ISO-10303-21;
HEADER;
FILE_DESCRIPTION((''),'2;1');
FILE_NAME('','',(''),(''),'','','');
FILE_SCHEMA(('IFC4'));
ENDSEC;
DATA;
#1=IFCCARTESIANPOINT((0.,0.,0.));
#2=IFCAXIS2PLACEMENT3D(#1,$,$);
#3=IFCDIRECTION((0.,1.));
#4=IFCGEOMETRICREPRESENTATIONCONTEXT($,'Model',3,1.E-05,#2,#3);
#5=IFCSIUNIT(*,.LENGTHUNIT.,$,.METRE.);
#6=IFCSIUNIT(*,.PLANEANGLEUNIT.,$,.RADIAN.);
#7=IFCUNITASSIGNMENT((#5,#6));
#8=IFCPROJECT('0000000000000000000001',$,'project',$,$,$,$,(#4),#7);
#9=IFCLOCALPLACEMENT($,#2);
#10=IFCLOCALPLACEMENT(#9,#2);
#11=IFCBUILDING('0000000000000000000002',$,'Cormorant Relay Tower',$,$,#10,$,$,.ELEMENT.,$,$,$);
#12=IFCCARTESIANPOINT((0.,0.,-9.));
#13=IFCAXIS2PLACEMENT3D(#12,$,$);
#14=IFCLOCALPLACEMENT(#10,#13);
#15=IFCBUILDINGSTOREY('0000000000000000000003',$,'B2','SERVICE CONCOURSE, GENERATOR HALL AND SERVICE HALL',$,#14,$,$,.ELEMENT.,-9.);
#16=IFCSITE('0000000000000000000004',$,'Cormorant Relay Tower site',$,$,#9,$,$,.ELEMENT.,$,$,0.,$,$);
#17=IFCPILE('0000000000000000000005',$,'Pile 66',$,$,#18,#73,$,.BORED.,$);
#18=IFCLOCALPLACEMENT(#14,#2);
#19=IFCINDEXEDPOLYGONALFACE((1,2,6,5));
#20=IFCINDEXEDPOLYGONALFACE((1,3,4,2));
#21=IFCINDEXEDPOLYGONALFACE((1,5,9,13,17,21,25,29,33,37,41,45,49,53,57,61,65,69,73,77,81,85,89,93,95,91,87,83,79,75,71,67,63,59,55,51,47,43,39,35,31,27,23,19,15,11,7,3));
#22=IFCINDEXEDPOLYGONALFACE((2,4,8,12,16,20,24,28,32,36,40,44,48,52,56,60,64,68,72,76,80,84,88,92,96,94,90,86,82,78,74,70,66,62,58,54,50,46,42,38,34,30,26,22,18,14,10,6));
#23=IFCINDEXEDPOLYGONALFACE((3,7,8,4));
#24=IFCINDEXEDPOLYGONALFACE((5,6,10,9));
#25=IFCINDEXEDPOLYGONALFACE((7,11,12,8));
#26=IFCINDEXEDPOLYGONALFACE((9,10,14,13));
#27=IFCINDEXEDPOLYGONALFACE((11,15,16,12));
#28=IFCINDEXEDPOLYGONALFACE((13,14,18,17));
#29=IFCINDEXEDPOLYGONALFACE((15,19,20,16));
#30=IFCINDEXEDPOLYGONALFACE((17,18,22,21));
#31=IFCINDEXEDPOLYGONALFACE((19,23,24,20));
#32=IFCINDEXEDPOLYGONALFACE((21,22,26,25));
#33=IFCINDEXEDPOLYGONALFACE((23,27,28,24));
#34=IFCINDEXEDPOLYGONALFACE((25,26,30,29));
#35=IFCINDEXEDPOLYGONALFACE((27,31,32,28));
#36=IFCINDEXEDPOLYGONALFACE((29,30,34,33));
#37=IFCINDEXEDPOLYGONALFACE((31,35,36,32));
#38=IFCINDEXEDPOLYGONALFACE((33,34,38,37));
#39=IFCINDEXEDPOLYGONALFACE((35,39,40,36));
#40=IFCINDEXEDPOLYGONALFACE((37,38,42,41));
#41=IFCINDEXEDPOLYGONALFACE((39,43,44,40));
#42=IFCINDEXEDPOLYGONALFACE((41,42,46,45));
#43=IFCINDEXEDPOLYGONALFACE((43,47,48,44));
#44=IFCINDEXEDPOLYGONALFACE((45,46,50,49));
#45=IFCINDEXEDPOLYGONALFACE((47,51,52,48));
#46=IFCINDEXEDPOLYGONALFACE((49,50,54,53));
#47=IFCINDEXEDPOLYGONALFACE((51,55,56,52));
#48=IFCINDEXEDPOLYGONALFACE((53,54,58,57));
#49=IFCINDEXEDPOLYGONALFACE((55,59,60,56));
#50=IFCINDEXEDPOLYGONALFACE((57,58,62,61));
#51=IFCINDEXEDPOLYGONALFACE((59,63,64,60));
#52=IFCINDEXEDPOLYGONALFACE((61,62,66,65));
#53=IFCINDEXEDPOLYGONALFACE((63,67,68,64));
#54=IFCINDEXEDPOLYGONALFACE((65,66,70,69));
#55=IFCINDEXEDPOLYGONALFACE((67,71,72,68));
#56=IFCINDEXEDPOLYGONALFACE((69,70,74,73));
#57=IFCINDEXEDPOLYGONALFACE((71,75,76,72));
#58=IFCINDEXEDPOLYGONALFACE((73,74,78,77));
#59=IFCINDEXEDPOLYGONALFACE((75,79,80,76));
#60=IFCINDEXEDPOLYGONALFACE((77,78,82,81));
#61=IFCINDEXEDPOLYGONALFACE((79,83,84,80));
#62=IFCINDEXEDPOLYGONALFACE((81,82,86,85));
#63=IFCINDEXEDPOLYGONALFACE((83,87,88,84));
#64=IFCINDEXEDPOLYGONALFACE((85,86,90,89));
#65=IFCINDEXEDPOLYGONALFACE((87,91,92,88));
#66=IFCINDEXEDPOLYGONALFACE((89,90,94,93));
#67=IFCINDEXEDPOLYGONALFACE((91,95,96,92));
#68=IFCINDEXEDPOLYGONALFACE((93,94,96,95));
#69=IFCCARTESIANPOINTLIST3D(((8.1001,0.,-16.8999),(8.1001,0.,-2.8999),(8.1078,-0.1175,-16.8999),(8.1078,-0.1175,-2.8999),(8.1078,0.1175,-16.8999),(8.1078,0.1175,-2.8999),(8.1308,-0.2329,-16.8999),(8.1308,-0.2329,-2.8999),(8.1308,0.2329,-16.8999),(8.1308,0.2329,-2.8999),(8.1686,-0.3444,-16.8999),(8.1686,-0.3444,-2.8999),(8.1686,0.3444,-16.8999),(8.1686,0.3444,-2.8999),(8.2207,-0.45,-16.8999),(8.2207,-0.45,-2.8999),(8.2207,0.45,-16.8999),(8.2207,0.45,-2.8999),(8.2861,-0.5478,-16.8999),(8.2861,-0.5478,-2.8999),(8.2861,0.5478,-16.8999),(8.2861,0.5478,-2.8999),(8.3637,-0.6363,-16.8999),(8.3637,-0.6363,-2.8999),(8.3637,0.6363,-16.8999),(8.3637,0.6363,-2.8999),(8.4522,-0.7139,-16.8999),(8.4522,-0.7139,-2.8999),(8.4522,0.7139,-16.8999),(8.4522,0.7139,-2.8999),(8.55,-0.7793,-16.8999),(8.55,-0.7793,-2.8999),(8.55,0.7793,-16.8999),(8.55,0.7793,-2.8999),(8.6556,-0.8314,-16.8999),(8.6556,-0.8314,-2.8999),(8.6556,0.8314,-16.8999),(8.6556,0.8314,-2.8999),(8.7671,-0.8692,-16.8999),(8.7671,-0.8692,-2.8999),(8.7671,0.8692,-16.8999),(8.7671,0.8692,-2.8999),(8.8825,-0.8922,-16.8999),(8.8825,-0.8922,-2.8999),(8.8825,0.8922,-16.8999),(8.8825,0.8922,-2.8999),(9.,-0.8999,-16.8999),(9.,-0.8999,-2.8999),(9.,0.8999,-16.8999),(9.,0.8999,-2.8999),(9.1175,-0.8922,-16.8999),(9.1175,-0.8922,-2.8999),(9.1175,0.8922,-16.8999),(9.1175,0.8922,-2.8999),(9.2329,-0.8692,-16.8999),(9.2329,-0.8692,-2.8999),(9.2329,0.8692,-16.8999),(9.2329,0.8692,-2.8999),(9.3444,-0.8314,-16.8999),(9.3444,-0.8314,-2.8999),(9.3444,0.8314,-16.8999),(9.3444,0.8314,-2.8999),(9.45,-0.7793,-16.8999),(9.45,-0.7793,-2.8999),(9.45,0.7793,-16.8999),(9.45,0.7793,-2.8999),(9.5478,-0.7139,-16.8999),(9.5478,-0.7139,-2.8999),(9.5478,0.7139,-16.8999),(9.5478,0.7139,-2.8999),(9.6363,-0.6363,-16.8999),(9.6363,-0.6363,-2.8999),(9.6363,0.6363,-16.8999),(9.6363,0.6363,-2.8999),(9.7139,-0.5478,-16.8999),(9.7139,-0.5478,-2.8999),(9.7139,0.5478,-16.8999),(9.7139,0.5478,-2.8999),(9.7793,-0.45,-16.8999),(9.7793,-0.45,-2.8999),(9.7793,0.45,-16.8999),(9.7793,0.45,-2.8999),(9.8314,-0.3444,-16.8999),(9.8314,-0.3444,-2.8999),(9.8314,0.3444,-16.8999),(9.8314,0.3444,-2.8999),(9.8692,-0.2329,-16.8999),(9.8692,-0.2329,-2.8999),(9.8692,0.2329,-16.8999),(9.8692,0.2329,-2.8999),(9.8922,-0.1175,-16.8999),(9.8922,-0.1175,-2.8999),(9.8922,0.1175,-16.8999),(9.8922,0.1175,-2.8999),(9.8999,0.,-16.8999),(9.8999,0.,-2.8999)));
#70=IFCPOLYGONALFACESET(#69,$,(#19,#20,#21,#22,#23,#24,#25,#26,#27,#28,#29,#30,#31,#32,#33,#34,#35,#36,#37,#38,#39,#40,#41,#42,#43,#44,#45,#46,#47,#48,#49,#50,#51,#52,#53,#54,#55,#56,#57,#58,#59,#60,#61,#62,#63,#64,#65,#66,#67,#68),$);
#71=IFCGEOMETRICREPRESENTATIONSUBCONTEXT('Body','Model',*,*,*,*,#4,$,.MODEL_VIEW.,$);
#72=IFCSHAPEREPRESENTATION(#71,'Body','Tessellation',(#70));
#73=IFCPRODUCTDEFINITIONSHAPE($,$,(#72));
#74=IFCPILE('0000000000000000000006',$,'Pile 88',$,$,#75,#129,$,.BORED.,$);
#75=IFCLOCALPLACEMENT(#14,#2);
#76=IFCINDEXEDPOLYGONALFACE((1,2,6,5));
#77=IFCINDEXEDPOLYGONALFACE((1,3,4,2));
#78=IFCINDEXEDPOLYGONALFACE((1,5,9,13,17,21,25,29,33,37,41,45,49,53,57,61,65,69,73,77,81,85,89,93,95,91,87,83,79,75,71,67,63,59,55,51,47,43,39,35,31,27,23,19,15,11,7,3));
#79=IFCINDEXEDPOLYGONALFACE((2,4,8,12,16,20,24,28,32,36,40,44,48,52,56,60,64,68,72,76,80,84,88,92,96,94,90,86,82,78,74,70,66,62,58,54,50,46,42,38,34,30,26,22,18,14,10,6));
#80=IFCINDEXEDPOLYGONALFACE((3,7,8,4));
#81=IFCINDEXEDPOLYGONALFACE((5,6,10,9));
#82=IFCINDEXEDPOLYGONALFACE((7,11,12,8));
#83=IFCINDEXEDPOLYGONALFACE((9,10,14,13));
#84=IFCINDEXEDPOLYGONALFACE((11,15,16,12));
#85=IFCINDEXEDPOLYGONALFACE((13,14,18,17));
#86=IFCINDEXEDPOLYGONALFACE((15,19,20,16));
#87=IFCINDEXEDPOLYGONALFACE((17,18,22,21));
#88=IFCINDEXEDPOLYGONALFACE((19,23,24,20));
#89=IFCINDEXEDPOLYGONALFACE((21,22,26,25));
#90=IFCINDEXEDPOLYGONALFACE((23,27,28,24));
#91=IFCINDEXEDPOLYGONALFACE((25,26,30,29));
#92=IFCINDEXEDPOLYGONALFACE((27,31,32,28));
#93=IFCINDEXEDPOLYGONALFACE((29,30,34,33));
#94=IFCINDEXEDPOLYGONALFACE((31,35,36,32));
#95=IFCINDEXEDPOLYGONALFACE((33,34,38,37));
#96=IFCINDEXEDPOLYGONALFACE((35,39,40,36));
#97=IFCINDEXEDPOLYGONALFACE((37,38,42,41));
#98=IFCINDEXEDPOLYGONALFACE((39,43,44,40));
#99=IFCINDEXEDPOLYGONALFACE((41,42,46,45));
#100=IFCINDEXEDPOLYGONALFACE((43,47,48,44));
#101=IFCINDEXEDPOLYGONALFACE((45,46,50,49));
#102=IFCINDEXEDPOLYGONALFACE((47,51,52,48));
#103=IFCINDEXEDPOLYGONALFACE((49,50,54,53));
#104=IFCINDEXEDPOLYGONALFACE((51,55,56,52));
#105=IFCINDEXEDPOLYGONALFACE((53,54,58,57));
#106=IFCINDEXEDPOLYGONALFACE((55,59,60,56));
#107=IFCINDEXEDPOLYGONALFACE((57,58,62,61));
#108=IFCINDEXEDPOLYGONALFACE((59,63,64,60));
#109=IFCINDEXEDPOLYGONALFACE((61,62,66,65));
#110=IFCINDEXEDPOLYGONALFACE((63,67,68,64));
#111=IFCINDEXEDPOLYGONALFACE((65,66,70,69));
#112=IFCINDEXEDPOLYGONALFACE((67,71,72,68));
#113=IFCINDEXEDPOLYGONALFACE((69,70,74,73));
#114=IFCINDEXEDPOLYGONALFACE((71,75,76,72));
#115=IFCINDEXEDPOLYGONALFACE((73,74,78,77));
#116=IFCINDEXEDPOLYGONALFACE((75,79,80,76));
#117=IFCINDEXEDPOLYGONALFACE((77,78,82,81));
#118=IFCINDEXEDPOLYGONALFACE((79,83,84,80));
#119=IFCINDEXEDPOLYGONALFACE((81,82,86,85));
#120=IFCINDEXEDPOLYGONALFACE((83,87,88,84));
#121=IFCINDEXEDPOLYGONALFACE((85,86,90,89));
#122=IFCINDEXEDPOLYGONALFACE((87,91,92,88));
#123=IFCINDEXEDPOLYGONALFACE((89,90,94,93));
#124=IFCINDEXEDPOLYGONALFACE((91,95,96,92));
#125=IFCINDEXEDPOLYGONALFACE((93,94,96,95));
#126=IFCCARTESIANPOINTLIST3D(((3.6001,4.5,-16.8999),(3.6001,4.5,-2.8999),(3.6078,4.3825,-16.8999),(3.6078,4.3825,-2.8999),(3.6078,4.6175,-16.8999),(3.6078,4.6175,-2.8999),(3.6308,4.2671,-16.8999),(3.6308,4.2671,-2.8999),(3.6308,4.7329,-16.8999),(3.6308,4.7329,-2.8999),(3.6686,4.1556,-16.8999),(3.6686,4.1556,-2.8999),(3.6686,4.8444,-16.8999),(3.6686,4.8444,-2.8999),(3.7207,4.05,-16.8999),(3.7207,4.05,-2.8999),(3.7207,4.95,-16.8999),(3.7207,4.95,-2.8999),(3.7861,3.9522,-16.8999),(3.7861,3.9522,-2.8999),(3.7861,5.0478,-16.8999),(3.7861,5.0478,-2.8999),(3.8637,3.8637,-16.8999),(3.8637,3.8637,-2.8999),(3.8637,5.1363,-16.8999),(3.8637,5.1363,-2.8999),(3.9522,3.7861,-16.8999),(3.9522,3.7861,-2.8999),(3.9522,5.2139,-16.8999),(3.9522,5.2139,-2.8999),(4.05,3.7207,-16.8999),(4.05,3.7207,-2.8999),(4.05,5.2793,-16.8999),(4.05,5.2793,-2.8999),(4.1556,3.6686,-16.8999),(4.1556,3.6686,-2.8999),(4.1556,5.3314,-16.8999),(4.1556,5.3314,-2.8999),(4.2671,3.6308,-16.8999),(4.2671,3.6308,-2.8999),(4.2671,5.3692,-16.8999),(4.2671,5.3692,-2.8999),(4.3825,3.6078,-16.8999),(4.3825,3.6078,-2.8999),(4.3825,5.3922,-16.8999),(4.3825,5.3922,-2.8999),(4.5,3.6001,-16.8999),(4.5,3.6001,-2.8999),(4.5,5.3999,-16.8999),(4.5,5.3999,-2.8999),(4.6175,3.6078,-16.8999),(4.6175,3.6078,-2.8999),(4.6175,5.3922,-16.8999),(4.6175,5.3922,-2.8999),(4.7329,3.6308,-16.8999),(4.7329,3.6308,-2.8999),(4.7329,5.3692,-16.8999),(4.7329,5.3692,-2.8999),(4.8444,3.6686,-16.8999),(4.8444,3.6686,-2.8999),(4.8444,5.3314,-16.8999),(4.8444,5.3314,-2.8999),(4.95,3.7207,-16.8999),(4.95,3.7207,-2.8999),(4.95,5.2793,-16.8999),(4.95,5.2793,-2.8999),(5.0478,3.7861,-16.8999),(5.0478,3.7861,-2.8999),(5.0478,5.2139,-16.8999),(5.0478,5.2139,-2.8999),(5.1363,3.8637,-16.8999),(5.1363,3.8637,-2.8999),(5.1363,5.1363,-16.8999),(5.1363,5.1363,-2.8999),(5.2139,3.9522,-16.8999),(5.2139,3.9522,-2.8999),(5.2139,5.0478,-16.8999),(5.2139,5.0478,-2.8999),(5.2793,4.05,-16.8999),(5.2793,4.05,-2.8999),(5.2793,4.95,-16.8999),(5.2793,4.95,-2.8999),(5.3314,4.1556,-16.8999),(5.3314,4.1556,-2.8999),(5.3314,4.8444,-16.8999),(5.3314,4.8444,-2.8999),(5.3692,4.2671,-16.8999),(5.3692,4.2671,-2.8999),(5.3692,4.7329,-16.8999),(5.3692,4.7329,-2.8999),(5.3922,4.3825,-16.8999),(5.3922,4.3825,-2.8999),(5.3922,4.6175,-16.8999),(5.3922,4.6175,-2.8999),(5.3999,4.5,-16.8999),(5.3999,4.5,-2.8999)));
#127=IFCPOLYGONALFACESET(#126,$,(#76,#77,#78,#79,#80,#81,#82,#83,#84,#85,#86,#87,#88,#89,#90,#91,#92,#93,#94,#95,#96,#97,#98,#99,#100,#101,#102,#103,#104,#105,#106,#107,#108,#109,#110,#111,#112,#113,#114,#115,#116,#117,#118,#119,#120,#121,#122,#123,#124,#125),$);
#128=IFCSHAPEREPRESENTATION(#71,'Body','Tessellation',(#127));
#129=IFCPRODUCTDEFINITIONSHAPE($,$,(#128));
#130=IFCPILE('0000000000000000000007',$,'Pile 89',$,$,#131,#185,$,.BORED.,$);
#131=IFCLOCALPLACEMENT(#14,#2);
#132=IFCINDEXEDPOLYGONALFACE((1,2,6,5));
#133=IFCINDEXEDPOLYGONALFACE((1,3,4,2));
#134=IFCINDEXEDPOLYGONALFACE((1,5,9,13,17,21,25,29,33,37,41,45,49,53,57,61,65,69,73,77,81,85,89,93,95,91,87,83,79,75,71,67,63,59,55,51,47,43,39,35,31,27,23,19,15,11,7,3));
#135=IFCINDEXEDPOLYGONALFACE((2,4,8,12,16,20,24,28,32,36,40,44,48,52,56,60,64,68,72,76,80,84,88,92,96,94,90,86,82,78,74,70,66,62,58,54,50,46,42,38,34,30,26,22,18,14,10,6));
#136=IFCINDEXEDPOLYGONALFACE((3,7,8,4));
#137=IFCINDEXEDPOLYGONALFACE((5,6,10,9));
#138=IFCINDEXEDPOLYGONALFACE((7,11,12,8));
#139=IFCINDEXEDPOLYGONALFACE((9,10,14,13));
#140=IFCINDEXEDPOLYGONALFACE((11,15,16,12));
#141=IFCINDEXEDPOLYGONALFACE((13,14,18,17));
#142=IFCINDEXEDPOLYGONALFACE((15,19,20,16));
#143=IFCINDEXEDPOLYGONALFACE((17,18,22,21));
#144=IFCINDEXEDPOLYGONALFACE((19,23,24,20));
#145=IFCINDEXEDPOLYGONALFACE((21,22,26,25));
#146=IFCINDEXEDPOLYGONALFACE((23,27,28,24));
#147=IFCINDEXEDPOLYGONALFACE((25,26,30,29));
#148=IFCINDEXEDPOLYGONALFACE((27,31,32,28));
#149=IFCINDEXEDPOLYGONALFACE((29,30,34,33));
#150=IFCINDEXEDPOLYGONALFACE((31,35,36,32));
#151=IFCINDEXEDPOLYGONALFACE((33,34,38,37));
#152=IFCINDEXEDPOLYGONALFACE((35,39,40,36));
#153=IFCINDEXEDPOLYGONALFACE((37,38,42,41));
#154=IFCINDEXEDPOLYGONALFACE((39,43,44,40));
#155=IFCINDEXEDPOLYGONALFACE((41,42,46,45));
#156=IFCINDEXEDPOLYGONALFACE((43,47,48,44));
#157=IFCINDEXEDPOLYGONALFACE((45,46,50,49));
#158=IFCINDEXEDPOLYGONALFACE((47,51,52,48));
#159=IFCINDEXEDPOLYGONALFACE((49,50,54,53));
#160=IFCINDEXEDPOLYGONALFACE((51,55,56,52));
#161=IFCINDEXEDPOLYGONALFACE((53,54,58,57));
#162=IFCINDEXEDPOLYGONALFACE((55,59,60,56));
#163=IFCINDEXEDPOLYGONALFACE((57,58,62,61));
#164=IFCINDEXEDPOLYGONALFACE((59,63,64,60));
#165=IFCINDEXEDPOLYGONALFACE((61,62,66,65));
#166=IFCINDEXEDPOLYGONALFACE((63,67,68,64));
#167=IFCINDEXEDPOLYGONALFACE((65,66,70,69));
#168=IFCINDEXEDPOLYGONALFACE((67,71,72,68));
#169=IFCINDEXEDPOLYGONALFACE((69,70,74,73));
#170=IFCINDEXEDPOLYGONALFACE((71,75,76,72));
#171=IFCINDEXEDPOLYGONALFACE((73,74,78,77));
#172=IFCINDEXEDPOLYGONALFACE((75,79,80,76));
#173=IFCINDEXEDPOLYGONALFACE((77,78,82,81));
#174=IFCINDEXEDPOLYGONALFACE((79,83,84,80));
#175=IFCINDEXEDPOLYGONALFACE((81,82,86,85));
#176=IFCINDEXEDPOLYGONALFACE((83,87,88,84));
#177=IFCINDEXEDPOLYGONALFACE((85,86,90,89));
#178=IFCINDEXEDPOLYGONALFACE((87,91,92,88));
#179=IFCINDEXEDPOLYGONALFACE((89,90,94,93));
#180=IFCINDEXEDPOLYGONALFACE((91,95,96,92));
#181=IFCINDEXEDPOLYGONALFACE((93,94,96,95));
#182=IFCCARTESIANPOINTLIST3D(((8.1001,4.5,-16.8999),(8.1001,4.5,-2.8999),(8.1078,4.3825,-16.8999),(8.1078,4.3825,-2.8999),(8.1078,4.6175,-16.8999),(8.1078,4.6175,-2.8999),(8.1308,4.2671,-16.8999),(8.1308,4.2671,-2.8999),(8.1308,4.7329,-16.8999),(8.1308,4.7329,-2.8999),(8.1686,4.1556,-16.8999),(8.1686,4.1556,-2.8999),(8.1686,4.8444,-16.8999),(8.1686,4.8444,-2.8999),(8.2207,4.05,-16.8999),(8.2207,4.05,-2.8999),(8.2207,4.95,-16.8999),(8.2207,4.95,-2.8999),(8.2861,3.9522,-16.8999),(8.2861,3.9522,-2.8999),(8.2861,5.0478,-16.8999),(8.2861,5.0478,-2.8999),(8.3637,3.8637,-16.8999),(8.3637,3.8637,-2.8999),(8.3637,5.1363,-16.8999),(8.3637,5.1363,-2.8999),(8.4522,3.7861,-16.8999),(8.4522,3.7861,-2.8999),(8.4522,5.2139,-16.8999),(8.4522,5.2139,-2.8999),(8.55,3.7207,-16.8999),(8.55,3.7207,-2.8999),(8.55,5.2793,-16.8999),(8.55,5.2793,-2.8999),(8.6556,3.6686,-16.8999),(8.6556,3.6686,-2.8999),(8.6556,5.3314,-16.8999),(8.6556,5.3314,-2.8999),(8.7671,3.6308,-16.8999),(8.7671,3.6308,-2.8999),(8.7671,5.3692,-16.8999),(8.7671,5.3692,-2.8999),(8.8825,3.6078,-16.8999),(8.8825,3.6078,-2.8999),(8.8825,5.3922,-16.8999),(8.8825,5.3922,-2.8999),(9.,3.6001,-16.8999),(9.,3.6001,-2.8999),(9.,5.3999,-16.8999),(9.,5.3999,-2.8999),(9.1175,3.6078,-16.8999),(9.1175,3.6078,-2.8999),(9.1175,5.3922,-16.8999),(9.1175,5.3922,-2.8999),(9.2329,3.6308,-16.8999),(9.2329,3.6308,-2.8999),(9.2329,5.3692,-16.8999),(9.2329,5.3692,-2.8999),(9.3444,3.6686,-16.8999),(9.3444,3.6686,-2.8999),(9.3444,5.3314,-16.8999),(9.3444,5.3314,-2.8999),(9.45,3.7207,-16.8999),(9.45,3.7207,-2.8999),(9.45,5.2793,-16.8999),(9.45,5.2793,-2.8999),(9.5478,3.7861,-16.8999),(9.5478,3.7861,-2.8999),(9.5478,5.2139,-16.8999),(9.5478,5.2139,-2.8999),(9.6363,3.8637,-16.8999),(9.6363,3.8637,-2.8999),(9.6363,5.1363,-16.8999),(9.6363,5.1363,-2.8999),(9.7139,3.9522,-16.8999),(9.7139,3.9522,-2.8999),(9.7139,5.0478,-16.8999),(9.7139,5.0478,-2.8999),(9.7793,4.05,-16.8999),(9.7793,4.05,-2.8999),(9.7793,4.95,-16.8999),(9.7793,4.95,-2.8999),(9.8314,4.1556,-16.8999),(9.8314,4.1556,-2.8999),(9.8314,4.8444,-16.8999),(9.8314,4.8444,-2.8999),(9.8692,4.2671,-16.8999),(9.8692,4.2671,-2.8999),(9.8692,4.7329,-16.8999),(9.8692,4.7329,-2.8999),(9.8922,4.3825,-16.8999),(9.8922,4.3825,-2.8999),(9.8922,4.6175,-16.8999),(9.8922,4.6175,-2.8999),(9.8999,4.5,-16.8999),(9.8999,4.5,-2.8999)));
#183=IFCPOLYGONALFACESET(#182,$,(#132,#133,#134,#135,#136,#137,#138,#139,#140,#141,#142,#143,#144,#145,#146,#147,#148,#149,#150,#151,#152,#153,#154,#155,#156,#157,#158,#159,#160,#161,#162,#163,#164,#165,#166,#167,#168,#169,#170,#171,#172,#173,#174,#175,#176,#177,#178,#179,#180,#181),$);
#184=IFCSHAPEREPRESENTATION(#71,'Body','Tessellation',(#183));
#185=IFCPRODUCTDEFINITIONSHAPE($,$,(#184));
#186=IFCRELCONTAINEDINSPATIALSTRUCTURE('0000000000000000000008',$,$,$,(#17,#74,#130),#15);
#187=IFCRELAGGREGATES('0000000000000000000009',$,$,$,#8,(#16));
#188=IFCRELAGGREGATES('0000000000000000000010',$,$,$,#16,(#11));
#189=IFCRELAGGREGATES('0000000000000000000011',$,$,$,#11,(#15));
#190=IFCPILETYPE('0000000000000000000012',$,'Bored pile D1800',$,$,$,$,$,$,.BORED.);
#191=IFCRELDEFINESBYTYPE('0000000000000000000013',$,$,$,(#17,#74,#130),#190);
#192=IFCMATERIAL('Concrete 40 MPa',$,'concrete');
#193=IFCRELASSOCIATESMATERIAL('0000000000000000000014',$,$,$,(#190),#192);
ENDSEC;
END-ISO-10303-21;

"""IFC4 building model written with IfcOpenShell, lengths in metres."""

from ifc_helpers import new_model, si_unit, direction, frame, origin, origin_2d, place, context, subcontext, project, spatial, circle, extrude, material, material_profile, profile_set, type_object, element, save


model = new_model("IFC4")

# Units and contexts
model_context = context("Model", 3, precision=1e-05, world=origin(), true_north=direction((0.0, 1.0)))
body_context = subcontext(model_context, "Body", "Model", "MODEL_VIEW")
ifc_project = project(units=[si_unit("LENGTHUNIT", "METRE"), si_unit("PLANEANGLEUNIT", "RADIAN")], contexts=[model_context])

# Site, building, storey
site_placement = place(None, origin())
site = spatial("IfcSite", under=ifc_project, at=site_placement, Name="Cormorant Relay Tower site", CompositionType="ELEMENT", RefElevation=0.0)
building_placement = place(site_placement, origin())
building = spatial("IfcBuilding", under=site, at=building_placement, Name="Cormorant Relay Tower", CompositionType="ELEMENT")
storey_placement = place(building_placement, frame((0.0, 0.0, -9.0)))
storey = spatial("IfcBuildingStorey", under=building, at=storey_placement, Name="B2", Description="SERVICE CONCOURSE, GENERATOR HALL AND SERVICE HALL", CompositionType="ELEMENT", Elevation=-9.0)

# Piles
ifc_material_1 = material(Name="Concrete 40 MPa", Category="concrete")
ifc_material_profile_1 = material_profile(ifc_material_1, circle(Radius=0.8999, at=origin_2d()), Name="BP1800")
ifc_profile_set_1 = profile_set([ifc_material_profile_1], Name="Concrete 40 MPa")
pile_type = type_object("IfcPileType", Name="Bored pile D1800", PredefinedType="BORED", material=ifc_profile_set_1)
for number, where, z_axis, x_axis, name in (
    (1, (9.0, 0.0, -2.8999), (0.0, 0.0, -1.0), (1.0, 0.0, 0.0), "Pile 66"),
    (2, (4.5, 4.5, -2.8999), (0.0, 0.0, -1.0), (1.0, 0.0, 0.0), "Pile 88"),
    (3, (9.0, 4.5, -2.8999), (0.0, 0.0, -1.0), (1.0, 0.0, 0.0), "Pile 89"),
):
    element("IfcPile", number, at=place(storey_placement, frame(where, z_axis=z_axis, x_axis=x_axis)), inside=storey, type_object=pile_type, Name=name, PredefinedType="BORED", context=body_context, shape_type="SweptSolid", body=[
        extrude(circle(Radius=0.8999, at=origin_2d()), origin(), (0.0, 0.0, 1.0), 14.0),
    ])

save(model, "model.ifc")
